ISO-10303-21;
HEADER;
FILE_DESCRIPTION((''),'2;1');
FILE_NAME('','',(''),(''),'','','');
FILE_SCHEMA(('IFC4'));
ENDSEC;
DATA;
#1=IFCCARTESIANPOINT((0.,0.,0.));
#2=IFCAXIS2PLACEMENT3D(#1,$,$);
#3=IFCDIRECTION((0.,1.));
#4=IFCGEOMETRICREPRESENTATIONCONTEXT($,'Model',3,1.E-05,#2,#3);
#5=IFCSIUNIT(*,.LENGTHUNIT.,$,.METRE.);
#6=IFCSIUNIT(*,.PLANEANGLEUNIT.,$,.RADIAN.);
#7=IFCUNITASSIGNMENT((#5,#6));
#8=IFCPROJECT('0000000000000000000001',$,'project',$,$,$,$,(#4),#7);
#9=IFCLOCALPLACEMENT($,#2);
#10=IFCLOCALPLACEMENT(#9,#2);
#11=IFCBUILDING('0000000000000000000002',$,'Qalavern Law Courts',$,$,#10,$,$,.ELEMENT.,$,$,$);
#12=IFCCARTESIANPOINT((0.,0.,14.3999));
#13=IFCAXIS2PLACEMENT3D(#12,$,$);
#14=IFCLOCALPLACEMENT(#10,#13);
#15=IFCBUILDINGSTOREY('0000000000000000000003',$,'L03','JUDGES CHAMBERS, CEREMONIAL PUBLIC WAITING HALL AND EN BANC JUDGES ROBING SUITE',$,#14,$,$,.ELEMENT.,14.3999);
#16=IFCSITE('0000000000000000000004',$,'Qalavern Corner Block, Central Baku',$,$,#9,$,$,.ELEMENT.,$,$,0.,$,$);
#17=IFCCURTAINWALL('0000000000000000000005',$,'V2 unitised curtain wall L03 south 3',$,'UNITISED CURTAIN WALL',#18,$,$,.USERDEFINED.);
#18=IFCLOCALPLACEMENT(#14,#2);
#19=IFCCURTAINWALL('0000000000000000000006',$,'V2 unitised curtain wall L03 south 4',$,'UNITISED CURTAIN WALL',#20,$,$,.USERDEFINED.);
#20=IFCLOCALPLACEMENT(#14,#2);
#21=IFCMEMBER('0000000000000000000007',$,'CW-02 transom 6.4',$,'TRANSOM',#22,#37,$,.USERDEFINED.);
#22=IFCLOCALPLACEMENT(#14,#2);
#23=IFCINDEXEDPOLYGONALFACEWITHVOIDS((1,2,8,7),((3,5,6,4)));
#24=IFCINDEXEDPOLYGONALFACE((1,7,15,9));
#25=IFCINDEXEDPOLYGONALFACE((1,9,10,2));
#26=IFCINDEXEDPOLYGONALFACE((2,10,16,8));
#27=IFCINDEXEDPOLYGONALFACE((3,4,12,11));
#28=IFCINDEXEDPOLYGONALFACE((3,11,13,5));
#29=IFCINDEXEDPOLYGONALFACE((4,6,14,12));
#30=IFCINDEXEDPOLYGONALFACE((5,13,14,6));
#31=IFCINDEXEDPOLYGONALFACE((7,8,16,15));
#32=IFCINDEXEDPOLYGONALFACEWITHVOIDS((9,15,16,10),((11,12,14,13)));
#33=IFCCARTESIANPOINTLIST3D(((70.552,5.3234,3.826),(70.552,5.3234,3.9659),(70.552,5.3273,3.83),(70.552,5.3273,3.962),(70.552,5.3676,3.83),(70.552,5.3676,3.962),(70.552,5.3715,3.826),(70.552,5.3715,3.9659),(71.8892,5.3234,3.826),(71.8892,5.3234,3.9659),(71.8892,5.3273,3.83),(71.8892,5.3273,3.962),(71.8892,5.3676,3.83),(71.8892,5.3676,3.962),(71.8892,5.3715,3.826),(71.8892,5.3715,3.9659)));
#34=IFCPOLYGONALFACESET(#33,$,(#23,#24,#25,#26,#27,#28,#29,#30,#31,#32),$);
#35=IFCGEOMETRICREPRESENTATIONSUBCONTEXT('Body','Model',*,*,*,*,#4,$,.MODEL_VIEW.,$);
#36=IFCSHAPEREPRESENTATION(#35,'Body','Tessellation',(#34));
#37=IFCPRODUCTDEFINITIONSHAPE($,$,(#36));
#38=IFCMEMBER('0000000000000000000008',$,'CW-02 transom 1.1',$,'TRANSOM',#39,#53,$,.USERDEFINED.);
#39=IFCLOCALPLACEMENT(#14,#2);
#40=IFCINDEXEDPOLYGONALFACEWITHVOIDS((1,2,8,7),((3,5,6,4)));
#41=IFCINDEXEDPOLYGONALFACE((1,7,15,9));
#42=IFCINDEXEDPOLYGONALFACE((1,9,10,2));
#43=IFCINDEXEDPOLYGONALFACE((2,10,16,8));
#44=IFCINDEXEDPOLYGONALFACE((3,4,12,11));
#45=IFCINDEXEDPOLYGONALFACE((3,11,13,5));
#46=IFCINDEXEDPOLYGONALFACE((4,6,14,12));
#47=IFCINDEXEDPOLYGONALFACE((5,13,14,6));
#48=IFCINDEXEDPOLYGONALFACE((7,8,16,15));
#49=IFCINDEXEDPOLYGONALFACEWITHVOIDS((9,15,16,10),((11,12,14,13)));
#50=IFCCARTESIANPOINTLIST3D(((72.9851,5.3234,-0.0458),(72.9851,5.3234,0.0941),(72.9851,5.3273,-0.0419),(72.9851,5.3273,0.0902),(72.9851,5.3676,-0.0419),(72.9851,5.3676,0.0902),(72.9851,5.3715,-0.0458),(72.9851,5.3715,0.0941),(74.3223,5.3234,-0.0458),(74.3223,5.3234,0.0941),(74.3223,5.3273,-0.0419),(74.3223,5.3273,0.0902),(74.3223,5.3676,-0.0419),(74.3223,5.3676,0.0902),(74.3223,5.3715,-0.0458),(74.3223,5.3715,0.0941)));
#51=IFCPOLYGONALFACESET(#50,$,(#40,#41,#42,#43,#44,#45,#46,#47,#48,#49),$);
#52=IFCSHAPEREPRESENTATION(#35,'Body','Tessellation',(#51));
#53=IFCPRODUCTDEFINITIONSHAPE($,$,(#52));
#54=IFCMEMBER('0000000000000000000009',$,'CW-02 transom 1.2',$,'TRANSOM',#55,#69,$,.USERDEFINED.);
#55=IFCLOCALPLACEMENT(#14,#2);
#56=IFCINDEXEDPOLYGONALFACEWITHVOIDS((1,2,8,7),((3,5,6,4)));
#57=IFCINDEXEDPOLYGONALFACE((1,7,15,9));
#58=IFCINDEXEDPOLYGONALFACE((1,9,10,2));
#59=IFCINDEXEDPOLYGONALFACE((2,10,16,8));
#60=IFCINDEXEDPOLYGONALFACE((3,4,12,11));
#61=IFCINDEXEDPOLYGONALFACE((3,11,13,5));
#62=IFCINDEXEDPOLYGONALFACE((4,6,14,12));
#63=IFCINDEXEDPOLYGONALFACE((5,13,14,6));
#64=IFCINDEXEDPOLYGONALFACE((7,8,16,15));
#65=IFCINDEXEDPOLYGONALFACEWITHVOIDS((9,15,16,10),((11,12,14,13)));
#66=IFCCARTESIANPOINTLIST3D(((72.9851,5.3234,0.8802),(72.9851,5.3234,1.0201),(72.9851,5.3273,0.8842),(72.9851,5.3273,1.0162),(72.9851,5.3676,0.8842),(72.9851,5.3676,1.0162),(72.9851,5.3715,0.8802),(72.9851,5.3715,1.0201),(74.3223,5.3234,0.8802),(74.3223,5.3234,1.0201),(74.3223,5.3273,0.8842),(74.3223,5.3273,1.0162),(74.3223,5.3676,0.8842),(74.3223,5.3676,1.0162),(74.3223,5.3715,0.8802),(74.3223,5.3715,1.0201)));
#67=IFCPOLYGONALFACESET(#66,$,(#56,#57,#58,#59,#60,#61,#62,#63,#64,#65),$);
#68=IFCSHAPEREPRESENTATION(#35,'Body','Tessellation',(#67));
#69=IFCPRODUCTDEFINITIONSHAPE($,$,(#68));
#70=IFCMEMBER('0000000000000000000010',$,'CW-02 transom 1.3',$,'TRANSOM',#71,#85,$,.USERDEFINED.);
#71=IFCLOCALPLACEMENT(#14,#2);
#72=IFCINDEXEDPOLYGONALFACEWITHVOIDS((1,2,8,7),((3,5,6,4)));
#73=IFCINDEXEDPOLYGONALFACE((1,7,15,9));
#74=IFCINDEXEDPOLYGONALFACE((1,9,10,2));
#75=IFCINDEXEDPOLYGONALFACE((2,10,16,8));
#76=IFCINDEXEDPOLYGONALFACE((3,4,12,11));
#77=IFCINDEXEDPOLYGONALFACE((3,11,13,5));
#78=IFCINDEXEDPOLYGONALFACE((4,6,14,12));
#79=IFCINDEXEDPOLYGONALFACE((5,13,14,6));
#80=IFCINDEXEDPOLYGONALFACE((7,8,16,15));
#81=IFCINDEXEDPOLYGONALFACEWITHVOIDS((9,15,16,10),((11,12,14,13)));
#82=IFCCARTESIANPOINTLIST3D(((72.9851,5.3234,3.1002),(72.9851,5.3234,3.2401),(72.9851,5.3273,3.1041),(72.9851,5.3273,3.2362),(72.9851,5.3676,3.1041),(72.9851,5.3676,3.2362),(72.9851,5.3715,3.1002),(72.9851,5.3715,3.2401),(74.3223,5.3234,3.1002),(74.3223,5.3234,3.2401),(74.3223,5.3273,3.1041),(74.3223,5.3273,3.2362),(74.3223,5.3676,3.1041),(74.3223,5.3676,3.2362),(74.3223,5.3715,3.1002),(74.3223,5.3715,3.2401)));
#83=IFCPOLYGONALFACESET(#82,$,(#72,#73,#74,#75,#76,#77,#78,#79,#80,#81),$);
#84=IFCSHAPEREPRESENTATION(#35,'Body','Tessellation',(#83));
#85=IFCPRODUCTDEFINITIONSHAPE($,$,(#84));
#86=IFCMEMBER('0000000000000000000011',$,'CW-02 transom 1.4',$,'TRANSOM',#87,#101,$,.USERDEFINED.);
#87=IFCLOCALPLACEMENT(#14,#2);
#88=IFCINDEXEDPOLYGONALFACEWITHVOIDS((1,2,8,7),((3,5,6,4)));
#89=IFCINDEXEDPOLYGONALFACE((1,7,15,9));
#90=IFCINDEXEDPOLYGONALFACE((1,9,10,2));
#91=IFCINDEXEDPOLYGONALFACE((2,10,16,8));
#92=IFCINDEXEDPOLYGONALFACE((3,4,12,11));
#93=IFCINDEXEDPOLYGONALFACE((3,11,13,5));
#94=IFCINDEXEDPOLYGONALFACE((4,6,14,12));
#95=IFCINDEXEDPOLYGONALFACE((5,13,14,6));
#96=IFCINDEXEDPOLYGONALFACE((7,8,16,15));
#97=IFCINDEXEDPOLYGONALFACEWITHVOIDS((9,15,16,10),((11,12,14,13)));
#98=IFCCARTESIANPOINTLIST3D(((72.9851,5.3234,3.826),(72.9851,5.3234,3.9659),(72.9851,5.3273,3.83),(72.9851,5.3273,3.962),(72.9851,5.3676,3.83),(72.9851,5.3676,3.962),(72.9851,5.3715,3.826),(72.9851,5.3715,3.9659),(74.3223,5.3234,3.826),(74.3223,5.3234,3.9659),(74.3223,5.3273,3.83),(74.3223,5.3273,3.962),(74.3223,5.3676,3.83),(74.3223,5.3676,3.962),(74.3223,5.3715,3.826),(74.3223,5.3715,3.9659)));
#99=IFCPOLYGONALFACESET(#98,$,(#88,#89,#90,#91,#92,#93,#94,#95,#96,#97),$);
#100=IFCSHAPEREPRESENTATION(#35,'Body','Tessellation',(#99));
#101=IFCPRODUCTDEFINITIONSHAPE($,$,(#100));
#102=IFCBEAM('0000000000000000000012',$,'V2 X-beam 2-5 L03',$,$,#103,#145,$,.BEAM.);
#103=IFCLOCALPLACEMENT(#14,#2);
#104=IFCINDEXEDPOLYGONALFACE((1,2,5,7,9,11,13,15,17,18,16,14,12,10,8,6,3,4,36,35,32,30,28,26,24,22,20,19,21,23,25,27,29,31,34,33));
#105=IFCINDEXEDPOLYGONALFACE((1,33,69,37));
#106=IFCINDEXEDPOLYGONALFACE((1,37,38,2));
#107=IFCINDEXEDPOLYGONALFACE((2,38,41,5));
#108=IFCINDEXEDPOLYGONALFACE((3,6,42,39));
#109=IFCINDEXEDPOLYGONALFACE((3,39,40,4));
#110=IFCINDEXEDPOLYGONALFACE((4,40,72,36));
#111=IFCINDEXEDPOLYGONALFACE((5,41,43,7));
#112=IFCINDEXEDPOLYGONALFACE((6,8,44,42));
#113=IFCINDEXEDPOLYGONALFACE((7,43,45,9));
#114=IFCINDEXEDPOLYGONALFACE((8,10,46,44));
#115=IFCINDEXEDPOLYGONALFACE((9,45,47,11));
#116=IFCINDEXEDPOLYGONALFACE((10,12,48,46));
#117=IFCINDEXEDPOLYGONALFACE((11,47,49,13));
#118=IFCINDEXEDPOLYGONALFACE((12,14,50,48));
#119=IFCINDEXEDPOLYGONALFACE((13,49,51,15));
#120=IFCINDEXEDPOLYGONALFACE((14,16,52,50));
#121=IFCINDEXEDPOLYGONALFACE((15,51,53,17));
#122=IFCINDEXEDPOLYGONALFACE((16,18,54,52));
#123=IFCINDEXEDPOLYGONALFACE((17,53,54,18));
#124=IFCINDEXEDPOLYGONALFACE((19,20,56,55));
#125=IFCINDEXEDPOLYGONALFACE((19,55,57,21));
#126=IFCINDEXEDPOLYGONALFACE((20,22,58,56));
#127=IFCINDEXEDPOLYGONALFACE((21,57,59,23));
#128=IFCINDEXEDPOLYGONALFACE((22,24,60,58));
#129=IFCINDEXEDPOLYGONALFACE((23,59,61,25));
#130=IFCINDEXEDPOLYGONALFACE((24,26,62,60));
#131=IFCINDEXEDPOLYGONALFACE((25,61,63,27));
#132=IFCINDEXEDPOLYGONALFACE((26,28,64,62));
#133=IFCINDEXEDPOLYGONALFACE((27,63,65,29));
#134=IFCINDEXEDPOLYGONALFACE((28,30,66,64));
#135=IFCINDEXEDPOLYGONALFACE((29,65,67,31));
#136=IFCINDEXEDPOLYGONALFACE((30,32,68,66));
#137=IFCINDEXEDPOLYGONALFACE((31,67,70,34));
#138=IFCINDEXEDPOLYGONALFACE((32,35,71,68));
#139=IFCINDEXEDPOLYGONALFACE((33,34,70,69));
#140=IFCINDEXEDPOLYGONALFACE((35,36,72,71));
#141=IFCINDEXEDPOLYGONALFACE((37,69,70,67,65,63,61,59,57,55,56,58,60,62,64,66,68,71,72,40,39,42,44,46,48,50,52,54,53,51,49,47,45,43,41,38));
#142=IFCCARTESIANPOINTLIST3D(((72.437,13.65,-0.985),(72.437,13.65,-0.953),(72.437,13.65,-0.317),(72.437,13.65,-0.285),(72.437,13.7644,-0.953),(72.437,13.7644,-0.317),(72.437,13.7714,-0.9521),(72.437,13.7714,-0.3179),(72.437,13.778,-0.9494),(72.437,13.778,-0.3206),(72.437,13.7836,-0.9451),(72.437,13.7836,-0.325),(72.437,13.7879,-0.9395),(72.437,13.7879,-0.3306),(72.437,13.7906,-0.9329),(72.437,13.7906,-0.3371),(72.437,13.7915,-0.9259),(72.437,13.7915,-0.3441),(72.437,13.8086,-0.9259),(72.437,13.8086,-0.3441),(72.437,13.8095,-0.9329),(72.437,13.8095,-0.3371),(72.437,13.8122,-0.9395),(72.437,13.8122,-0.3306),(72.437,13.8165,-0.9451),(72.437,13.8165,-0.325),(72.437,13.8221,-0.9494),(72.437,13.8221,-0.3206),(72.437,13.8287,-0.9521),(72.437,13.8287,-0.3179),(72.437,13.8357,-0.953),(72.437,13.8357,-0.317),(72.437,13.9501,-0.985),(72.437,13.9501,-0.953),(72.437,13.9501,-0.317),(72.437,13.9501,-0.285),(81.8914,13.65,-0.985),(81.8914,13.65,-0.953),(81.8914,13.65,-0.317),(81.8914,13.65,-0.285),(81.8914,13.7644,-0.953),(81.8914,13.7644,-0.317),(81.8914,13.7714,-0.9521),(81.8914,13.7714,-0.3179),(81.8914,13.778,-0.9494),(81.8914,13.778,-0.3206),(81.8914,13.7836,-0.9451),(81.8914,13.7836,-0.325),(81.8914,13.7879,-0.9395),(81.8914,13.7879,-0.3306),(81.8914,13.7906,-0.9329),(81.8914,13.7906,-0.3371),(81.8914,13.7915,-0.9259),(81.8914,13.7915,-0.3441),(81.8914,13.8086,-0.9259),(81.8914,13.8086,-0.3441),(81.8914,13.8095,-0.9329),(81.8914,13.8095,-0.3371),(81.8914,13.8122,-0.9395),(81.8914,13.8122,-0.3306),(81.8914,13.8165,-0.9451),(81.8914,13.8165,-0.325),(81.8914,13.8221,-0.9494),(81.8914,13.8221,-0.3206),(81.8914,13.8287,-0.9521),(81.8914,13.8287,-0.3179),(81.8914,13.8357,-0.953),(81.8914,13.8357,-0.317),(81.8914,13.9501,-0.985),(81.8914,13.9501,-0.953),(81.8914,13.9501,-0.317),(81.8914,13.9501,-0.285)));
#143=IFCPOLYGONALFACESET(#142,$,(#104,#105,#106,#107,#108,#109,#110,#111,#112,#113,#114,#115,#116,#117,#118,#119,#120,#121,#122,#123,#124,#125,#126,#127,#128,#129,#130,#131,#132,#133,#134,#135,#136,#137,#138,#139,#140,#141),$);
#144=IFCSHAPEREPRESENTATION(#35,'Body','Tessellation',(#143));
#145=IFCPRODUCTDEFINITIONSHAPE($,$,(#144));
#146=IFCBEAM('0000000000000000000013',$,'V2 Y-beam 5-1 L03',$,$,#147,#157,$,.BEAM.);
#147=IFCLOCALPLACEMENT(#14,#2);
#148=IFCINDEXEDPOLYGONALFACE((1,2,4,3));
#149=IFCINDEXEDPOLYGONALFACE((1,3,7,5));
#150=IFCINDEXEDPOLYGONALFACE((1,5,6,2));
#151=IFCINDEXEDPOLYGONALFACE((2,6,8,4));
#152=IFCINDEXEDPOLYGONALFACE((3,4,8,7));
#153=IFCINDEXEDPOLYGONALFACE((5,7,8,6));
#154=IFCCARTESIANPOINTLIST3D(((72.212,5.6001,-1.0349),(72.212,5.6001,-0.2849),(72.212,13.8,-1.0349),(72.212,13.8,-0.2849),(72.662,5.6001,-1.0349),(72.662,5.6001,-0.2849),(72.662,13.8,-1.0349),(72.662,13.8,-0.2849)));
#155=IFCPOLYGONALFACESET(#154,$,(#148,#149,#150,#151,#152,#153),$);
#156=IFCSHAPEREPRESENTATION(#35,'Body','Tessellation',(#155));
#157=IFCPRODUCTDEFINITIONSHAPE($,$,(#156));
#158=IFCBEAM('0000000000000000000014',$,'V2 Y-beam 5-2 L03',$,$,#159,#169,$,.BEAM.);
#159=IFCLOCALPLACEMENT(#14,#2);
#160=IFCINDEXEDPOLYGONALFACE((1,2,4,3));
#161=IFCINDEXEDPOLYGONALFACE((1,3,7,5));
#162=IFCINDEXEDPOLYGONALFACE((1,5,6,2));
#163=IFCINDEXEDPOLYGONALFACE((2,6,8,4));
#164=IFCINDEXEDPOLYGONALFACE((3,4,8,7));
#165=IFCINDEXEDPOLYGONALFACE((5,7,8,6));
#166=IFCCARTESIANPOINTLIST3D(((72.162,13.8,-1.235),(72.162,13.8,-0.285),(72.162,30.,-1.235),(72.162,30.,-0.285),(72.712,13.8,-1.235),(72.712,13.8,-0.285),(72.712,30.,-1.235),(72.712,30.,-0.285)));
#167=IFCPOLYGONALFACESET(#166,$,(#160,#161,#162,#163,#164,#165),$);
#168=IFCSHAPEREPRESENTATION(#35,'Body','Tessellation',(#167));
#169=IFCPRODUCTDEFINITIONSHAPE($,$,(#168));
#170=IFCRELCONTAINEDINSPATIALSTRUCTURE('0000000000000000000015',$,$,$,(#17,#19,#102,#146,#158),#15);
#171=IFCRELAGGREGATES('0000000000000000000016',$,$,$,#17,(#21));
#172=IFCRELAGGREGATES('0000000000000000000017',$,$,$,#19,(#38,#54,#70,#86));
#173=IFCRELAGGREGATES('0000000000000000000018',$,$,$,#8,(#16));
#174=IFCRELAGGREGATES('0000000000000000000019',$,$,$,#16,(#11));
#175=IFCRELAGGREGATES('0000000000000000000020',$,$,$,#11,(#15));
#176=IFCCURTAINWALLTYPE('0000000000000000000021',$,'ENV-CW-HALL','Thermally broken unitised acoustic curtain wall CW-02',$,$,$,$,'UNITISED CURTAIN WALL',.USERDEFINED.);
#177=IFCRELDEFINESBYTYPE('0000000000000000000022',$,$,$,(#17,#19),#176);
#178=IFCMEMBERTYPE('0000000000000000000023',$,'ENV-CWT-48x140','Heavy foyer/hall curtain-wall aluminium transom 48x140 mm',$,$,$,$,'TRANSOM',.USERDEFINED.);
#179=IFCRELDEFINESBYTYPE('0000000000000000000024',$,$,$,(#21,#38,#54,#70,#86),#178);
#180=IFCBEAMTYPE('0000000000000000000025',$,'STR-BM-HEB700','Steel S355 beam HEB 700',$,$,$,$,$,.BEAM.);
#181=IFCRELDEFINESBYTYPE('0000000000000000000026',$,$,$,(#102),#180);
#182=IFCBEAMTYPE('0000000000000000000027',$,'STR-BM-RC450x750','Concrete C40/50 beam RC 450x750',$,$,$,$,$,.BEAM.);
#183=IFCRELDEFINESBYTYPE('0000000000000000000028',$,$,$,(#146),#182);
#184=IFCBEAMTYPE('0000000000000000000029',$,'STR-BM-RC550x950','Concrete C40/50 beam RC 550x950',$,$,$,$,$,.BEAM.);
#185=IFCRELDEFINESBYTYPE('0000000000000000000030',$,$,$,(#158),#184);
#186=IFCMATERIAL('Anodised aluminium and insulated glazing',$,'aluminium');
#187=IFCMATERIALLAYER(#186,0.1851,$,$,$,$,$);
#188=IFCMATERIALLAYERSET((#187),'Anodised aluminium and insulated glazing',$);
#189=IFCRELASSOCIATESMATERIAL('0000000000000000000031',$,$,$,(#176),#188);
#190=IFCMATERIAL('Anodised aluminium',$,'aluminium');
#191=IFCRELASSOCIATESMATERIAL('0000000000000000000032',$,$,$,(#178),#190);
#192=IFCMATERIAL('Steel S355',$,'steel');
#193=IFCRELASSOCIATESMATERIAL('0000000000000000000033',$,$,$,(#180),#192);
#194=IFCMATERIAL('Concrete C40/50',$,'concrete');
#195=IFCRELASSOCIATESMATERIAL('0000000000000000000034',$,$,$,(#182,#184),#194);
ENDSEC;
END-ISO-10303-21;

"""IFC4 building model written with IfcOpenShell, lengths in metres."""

from ifc_helpers import new_model, si_unit, direction, frame, origin, origin_2d, place, context, subcontext, project, spatial, rectangle, hollow_rectangle, i_section, extrude, material, layer, layer_set, material_profile, profile_set, type_object, element, aggregate, save


model = new_model("IFC4")

# Units and contexts
model_context = context("Model", 3, precision=1e-05, world=origin(), true_north=direction((0.0, 1.0)))
body_context = subcontext(model_context, "Body", "Model", "MODEL_VIEW")
ifc_project = project(units=[si_unit("LENGTHUNIT", "METRE"), si_unit("PLANEANGLEUNIT", "RADIAN")], contexts=[model_context])

# Site, building, storey
site_placement = place(None, origin())
site = spatial("IfcSite", under=ifc_project, at=site_placement, Name="Qalavern Corner Block, Central Baku", CompositionType="ELEMENT", RefElevation=0.0)
building_placement = place(site_placement, origin())
building = spatial("IfcBuilding", under=site, at=building_placement, Name="Qalavern Law Courts", CompositionType="ELEMENT")
storey_placement = place(building_placement, frame((0.0, 0.0, 14.3999)))
storey = spatial("IfcBuildingStorey", under=building, at=storey_placement, Name="L03", Description="JUDGES CHAMBERS, CEREMONIAL PUBLIC WAITING HALL AND EN BANC JUDGES ROBING SUITE", CompositionType="ELEMENT", Elevation=14.3999)

# Curtain wall
ifc_material_1 = material(Name="Anodised aluminium and insulated glazing", Category="aluminium")
ifc_layer_1 = layer(ifc_material_1, 0.1851)
ifc_layer_set_1 = layer_set([ifc_layer_1], Name="Anodised aluminium and insulated glazing")
curtain_wall_type = type_object("IfcCurtainWallType", Name="ENV-CW-HALL", Description="Thermally broken unitised acoustic curtain wall CW-02", ElementType="UNITISED CURTAIN WALL", PredefinedType="USERDEFINED", material=ifc_layer_set_1)
curtain_wall_1_placement = place(storey_placement, origin())
curtain_wall_1 = element("IfcCurtainWall", 1, at=curtain_wall_1_placement, inside=storey, type_object=curtain_wall_type, Name="V2 unitised curtain wall L03 south 3", ObjectType="UNITISED CURTAIN WALL", PredefinedType="USERDEFINED")
ifc_material_2 = material(Name="Anodised aluminium", Category="aluminium")

# Curtain wall
curtain_wall_2_placement = place(storey_placement, origin())
curtain_wall_2 = element("IfcCurtainWall", 2, at=curtain_wall_2_placement, inside=storey, type_object=curtain_wall_type, Name="V2 unitised curtain wall L03 south 4", ObjectType="UNITISED CURTAIN WALL", PredefinedType="USERDEFINED")

# Members
ifc_material_profile_1 = material_profile(ifc_material_2, hollow_rectangle(XDim=0.0481, YDim=0.1399, WallThickness=0.0039, at=origin_2d()), Name="ALU TRANSOM 48x140")
ifc_profile_set_1 = profile_set([ifc_material_profile_1], Name="Anodised aluminium")
member_type_1 = type_object("IfcMemberType", Name="ENV-CWT-48x140", Description="Heavy foyer/hall curtain-wall aluminium transom 48x140 mm", ElementType="TRANSOM", PredefinedType="USERDEFINED", material=ifc_profile_set_1)
member_1_placement = place(storey_placement, frame((70.552, 5.3474, 3.896), z_axis=(1.0, 0.0, 0.0), x_axis=(0.0, 1.0, 0.0)))
member_1 = element("IfcMember", 3, at=member_1_placement, type_object=member_type_1, Name="CW-02 transom 6.4", ObjectType="TRANSOM", PredefinedType="USERDEFINED", context=body_context, shape_type="SweptSolid", body=[
    extrude(hollow_rectangle(XDim=0.0481, YDim=0.1399, WallThickness=0.0039, at=origin_2d()), origin(), (0.0, 0.0, 1.0), 1.3372),
])
member_2_placement = place(storey_placement, frame((72.9851, 5.3474, 0.0242), z_axis=(1.0, 0.0, 0.0), x_axis=(0.0, 1.0, 0.0)))
member_2 = element("IfcMember", 4, at=member_2_placement, type_object=member_type_1, Name="CW-02 transom 1.1", ObjectType="TRANSOM", PredefinedType="USERDEFINED", context=body_context, shape_type="SweptSolid", body=[
    extrude(hollow_rectangle(XDim=0.0481, YDim=0.1399, WallThickness=0.0039, at=origin_2d()), origin(), (0.0, 0.0, 1.0), 1.3372),
])
member_3_placement = place(storey_placement, frame((72.9851, 5.3474, 0.9502), z_axis=(1.0, 0.0, 0.0), x_axis=(0.0, 1.0, 0.0)))
member_3 = element("IfcMember", 5, at=member_3_placement, type_object=member_type_1, Name="CW-02 transom 1.2", ObjectType="TRANSOM", PredefinedType="USERDEFINED", context=body_context, shape_type="SweptSolid", body=[
    extrude(hollow_rectangle(XDim=0.0481, YDim=0.1399, WallThickness=0.0039, at=origin_2d()), origin(), (0.0, 0.0, 1.0), 1.3372),
])
member_4_placement = place(storey_placement, frame((72.9851, 5.3474, 3.1702), z_axis=(1.0, 0.0, 0.0), x_axis=(0.0, 1.0, 0.0)))
member_4 = element("IfcMember", 6, at=member_4_placement, type_object=member_type_1, Name="CW-02 transom 1.3", ObjectType="TRANSOM", PredefinedType="USERDEFINED", context=body_context, shape_type="SweptSolid", body=[
    extrude(hollow_rectangle(XDim=0.0481, YDim=0.1399, WallThickness=0.0039, at=origin_2d()), origin(), (0.0, 0.0, 1.0), 1.3372),
])
member_5_placement = place(storey_placement, frame((72.9851, 5.3474, 3.896), z_axis=(1.0, 0.0, 0.0), x_axis=(0.0, 1.0, 0.0)))
member_5 = element("IfcMember", 7, at=member_5_placement, type_object=member_type_1, Name="CW-02 transom 1.4", ObjectType="TRANSOM", PredefinedType="USERDEFINED", context=body_context, shape_type="SweptSolid", body=[
    extrude(hollow_rectangle(XDim=0.0481, YDim=0.1399, WallThickness=0.0039, at=origin_2d()), origin(), (0.0, 0.0, 1.0), 1.3372),
])

# Beams
ifc_material_3 = material(Name="Steel S355", Category="steel")
ifc_material_profile_2 = material_profile(ifc_material_3, i_section(OverallWidth=0.3, OverallDepth=0.7, WebThickness=0.0171, FlangeThickness=0.032, FilletRadius=0.0271, at=origin_2d()), Name="HEB 700")
ifc_profile_set_2 = profile_set([ifc_material_profile_2], Name="Steel S355")
beam_type_1 = type_object("IfcBeamType", Name="STR-BM-HEB700", Description="Steel S355 beam HEB 700", PredefinedType="BEAM", material=ifc_profile_set_2)
beam_1_placement = place(storey_placement, frame((72.437, 13.8, -0.635), z_axis=(1.0, 0.0, 0.0), x_axis=(0.0, 1.0, 0.0)))
element("IfcBeam", 8, at=beam_1_placement, inside=storey, type_object=beam_type_1, Name="V2 X-beam 2-5 L03", PredefinedType="BEAM", context=body_context, shape_type="SweptSolid", body=[
    extrude(i_section(OverallWidth=0.3, OverallDepth=0.7, WebThickness=0.0171, FlangeThickness=0.032, FilletRadius=0.0271, at=origin_2d()), origin(), (0.0, 0.0, 1.0), 9.4543),
])
ifc_material_4 = material(Name="Concrete C40/50", Category="concrete")
ifc_material_profile_3 = material_profile(ifc_material_4, rectangle(XDim=0.45, YDim=0.75, at=origin_2d()), Name="RC 450x750")
ifc_profile_set_3 = profile_set([ifc_material_profile_3], Name="Concrete C40/50")
beam_type_2 = type_object("IfcBeamType", Name="STR-BM-RC450x750", Description="Concrete C40/50 beam RC 450x750", PredefinedType="BEAM", material=ifc_profile_set_3)
beam_2_placement = place(storey_placement, frame((72.437, 5.6001, -0.6599), z_axis=(0.0, 1.0, 0.0), x_axis=(-1.0, 0.0, 0.0)))
element("IfcBeam", 9, at=beam_2_placement, inside=storey, type_object=beam_type_2, Name="V2 Y-beam 5-1 L03", PredefinedType="BEAM", context=body_context, shape_type="SweptSolid", body=[
    extrude(rectangle(XDim=0.45, YDim=0.75, at=origin_2d()), origin(), (0.0, 0.0, 1.0), 8.2),
])
ifc_material_profile_4 = material_profile(ifc_material_4, rectangle(XDim=0.55, YDim=0.95, at=origin_2d()), Name="RC 550x950")
ifc_profile_set_4 = profile_set([ifc_material_profile_4], Name="Concrete C40/50")
beam_type_3 = type_object("IfcBeamType", Name="STR-BM-RC550x950", Description="Concrete C40/50 beam RC 550x950", PredefinedType="BEAM", material=ifc_profile_set_4)
beam_3_placement = place(storey_placement, frame((72.437, 13.8, -0.76), z_axis=(0.0, 1.0, 0.0), x_axis=(-1.0, 0.0, 0.0)))
element("IfcBeam", 10, at=beam_3_placement, inside=storey, type_object=beam_type_3, Name="V2 Y-beam 5-2 L03", PredefinedType="BEAM", context=body_context, shape_type="SweptSolid", body=[
    extrude(rectangle(XDim=0.55, YDim=0.95, at=origin_2d()), origin(), (0.0, 0.0, 1.0), 16.2),
])

aggregate(curtain_wall_1, [member_1])
aggregate(curtain_wall_2, [member_2, member_3, member_4, member_5])

save(model, "model.ifc")
